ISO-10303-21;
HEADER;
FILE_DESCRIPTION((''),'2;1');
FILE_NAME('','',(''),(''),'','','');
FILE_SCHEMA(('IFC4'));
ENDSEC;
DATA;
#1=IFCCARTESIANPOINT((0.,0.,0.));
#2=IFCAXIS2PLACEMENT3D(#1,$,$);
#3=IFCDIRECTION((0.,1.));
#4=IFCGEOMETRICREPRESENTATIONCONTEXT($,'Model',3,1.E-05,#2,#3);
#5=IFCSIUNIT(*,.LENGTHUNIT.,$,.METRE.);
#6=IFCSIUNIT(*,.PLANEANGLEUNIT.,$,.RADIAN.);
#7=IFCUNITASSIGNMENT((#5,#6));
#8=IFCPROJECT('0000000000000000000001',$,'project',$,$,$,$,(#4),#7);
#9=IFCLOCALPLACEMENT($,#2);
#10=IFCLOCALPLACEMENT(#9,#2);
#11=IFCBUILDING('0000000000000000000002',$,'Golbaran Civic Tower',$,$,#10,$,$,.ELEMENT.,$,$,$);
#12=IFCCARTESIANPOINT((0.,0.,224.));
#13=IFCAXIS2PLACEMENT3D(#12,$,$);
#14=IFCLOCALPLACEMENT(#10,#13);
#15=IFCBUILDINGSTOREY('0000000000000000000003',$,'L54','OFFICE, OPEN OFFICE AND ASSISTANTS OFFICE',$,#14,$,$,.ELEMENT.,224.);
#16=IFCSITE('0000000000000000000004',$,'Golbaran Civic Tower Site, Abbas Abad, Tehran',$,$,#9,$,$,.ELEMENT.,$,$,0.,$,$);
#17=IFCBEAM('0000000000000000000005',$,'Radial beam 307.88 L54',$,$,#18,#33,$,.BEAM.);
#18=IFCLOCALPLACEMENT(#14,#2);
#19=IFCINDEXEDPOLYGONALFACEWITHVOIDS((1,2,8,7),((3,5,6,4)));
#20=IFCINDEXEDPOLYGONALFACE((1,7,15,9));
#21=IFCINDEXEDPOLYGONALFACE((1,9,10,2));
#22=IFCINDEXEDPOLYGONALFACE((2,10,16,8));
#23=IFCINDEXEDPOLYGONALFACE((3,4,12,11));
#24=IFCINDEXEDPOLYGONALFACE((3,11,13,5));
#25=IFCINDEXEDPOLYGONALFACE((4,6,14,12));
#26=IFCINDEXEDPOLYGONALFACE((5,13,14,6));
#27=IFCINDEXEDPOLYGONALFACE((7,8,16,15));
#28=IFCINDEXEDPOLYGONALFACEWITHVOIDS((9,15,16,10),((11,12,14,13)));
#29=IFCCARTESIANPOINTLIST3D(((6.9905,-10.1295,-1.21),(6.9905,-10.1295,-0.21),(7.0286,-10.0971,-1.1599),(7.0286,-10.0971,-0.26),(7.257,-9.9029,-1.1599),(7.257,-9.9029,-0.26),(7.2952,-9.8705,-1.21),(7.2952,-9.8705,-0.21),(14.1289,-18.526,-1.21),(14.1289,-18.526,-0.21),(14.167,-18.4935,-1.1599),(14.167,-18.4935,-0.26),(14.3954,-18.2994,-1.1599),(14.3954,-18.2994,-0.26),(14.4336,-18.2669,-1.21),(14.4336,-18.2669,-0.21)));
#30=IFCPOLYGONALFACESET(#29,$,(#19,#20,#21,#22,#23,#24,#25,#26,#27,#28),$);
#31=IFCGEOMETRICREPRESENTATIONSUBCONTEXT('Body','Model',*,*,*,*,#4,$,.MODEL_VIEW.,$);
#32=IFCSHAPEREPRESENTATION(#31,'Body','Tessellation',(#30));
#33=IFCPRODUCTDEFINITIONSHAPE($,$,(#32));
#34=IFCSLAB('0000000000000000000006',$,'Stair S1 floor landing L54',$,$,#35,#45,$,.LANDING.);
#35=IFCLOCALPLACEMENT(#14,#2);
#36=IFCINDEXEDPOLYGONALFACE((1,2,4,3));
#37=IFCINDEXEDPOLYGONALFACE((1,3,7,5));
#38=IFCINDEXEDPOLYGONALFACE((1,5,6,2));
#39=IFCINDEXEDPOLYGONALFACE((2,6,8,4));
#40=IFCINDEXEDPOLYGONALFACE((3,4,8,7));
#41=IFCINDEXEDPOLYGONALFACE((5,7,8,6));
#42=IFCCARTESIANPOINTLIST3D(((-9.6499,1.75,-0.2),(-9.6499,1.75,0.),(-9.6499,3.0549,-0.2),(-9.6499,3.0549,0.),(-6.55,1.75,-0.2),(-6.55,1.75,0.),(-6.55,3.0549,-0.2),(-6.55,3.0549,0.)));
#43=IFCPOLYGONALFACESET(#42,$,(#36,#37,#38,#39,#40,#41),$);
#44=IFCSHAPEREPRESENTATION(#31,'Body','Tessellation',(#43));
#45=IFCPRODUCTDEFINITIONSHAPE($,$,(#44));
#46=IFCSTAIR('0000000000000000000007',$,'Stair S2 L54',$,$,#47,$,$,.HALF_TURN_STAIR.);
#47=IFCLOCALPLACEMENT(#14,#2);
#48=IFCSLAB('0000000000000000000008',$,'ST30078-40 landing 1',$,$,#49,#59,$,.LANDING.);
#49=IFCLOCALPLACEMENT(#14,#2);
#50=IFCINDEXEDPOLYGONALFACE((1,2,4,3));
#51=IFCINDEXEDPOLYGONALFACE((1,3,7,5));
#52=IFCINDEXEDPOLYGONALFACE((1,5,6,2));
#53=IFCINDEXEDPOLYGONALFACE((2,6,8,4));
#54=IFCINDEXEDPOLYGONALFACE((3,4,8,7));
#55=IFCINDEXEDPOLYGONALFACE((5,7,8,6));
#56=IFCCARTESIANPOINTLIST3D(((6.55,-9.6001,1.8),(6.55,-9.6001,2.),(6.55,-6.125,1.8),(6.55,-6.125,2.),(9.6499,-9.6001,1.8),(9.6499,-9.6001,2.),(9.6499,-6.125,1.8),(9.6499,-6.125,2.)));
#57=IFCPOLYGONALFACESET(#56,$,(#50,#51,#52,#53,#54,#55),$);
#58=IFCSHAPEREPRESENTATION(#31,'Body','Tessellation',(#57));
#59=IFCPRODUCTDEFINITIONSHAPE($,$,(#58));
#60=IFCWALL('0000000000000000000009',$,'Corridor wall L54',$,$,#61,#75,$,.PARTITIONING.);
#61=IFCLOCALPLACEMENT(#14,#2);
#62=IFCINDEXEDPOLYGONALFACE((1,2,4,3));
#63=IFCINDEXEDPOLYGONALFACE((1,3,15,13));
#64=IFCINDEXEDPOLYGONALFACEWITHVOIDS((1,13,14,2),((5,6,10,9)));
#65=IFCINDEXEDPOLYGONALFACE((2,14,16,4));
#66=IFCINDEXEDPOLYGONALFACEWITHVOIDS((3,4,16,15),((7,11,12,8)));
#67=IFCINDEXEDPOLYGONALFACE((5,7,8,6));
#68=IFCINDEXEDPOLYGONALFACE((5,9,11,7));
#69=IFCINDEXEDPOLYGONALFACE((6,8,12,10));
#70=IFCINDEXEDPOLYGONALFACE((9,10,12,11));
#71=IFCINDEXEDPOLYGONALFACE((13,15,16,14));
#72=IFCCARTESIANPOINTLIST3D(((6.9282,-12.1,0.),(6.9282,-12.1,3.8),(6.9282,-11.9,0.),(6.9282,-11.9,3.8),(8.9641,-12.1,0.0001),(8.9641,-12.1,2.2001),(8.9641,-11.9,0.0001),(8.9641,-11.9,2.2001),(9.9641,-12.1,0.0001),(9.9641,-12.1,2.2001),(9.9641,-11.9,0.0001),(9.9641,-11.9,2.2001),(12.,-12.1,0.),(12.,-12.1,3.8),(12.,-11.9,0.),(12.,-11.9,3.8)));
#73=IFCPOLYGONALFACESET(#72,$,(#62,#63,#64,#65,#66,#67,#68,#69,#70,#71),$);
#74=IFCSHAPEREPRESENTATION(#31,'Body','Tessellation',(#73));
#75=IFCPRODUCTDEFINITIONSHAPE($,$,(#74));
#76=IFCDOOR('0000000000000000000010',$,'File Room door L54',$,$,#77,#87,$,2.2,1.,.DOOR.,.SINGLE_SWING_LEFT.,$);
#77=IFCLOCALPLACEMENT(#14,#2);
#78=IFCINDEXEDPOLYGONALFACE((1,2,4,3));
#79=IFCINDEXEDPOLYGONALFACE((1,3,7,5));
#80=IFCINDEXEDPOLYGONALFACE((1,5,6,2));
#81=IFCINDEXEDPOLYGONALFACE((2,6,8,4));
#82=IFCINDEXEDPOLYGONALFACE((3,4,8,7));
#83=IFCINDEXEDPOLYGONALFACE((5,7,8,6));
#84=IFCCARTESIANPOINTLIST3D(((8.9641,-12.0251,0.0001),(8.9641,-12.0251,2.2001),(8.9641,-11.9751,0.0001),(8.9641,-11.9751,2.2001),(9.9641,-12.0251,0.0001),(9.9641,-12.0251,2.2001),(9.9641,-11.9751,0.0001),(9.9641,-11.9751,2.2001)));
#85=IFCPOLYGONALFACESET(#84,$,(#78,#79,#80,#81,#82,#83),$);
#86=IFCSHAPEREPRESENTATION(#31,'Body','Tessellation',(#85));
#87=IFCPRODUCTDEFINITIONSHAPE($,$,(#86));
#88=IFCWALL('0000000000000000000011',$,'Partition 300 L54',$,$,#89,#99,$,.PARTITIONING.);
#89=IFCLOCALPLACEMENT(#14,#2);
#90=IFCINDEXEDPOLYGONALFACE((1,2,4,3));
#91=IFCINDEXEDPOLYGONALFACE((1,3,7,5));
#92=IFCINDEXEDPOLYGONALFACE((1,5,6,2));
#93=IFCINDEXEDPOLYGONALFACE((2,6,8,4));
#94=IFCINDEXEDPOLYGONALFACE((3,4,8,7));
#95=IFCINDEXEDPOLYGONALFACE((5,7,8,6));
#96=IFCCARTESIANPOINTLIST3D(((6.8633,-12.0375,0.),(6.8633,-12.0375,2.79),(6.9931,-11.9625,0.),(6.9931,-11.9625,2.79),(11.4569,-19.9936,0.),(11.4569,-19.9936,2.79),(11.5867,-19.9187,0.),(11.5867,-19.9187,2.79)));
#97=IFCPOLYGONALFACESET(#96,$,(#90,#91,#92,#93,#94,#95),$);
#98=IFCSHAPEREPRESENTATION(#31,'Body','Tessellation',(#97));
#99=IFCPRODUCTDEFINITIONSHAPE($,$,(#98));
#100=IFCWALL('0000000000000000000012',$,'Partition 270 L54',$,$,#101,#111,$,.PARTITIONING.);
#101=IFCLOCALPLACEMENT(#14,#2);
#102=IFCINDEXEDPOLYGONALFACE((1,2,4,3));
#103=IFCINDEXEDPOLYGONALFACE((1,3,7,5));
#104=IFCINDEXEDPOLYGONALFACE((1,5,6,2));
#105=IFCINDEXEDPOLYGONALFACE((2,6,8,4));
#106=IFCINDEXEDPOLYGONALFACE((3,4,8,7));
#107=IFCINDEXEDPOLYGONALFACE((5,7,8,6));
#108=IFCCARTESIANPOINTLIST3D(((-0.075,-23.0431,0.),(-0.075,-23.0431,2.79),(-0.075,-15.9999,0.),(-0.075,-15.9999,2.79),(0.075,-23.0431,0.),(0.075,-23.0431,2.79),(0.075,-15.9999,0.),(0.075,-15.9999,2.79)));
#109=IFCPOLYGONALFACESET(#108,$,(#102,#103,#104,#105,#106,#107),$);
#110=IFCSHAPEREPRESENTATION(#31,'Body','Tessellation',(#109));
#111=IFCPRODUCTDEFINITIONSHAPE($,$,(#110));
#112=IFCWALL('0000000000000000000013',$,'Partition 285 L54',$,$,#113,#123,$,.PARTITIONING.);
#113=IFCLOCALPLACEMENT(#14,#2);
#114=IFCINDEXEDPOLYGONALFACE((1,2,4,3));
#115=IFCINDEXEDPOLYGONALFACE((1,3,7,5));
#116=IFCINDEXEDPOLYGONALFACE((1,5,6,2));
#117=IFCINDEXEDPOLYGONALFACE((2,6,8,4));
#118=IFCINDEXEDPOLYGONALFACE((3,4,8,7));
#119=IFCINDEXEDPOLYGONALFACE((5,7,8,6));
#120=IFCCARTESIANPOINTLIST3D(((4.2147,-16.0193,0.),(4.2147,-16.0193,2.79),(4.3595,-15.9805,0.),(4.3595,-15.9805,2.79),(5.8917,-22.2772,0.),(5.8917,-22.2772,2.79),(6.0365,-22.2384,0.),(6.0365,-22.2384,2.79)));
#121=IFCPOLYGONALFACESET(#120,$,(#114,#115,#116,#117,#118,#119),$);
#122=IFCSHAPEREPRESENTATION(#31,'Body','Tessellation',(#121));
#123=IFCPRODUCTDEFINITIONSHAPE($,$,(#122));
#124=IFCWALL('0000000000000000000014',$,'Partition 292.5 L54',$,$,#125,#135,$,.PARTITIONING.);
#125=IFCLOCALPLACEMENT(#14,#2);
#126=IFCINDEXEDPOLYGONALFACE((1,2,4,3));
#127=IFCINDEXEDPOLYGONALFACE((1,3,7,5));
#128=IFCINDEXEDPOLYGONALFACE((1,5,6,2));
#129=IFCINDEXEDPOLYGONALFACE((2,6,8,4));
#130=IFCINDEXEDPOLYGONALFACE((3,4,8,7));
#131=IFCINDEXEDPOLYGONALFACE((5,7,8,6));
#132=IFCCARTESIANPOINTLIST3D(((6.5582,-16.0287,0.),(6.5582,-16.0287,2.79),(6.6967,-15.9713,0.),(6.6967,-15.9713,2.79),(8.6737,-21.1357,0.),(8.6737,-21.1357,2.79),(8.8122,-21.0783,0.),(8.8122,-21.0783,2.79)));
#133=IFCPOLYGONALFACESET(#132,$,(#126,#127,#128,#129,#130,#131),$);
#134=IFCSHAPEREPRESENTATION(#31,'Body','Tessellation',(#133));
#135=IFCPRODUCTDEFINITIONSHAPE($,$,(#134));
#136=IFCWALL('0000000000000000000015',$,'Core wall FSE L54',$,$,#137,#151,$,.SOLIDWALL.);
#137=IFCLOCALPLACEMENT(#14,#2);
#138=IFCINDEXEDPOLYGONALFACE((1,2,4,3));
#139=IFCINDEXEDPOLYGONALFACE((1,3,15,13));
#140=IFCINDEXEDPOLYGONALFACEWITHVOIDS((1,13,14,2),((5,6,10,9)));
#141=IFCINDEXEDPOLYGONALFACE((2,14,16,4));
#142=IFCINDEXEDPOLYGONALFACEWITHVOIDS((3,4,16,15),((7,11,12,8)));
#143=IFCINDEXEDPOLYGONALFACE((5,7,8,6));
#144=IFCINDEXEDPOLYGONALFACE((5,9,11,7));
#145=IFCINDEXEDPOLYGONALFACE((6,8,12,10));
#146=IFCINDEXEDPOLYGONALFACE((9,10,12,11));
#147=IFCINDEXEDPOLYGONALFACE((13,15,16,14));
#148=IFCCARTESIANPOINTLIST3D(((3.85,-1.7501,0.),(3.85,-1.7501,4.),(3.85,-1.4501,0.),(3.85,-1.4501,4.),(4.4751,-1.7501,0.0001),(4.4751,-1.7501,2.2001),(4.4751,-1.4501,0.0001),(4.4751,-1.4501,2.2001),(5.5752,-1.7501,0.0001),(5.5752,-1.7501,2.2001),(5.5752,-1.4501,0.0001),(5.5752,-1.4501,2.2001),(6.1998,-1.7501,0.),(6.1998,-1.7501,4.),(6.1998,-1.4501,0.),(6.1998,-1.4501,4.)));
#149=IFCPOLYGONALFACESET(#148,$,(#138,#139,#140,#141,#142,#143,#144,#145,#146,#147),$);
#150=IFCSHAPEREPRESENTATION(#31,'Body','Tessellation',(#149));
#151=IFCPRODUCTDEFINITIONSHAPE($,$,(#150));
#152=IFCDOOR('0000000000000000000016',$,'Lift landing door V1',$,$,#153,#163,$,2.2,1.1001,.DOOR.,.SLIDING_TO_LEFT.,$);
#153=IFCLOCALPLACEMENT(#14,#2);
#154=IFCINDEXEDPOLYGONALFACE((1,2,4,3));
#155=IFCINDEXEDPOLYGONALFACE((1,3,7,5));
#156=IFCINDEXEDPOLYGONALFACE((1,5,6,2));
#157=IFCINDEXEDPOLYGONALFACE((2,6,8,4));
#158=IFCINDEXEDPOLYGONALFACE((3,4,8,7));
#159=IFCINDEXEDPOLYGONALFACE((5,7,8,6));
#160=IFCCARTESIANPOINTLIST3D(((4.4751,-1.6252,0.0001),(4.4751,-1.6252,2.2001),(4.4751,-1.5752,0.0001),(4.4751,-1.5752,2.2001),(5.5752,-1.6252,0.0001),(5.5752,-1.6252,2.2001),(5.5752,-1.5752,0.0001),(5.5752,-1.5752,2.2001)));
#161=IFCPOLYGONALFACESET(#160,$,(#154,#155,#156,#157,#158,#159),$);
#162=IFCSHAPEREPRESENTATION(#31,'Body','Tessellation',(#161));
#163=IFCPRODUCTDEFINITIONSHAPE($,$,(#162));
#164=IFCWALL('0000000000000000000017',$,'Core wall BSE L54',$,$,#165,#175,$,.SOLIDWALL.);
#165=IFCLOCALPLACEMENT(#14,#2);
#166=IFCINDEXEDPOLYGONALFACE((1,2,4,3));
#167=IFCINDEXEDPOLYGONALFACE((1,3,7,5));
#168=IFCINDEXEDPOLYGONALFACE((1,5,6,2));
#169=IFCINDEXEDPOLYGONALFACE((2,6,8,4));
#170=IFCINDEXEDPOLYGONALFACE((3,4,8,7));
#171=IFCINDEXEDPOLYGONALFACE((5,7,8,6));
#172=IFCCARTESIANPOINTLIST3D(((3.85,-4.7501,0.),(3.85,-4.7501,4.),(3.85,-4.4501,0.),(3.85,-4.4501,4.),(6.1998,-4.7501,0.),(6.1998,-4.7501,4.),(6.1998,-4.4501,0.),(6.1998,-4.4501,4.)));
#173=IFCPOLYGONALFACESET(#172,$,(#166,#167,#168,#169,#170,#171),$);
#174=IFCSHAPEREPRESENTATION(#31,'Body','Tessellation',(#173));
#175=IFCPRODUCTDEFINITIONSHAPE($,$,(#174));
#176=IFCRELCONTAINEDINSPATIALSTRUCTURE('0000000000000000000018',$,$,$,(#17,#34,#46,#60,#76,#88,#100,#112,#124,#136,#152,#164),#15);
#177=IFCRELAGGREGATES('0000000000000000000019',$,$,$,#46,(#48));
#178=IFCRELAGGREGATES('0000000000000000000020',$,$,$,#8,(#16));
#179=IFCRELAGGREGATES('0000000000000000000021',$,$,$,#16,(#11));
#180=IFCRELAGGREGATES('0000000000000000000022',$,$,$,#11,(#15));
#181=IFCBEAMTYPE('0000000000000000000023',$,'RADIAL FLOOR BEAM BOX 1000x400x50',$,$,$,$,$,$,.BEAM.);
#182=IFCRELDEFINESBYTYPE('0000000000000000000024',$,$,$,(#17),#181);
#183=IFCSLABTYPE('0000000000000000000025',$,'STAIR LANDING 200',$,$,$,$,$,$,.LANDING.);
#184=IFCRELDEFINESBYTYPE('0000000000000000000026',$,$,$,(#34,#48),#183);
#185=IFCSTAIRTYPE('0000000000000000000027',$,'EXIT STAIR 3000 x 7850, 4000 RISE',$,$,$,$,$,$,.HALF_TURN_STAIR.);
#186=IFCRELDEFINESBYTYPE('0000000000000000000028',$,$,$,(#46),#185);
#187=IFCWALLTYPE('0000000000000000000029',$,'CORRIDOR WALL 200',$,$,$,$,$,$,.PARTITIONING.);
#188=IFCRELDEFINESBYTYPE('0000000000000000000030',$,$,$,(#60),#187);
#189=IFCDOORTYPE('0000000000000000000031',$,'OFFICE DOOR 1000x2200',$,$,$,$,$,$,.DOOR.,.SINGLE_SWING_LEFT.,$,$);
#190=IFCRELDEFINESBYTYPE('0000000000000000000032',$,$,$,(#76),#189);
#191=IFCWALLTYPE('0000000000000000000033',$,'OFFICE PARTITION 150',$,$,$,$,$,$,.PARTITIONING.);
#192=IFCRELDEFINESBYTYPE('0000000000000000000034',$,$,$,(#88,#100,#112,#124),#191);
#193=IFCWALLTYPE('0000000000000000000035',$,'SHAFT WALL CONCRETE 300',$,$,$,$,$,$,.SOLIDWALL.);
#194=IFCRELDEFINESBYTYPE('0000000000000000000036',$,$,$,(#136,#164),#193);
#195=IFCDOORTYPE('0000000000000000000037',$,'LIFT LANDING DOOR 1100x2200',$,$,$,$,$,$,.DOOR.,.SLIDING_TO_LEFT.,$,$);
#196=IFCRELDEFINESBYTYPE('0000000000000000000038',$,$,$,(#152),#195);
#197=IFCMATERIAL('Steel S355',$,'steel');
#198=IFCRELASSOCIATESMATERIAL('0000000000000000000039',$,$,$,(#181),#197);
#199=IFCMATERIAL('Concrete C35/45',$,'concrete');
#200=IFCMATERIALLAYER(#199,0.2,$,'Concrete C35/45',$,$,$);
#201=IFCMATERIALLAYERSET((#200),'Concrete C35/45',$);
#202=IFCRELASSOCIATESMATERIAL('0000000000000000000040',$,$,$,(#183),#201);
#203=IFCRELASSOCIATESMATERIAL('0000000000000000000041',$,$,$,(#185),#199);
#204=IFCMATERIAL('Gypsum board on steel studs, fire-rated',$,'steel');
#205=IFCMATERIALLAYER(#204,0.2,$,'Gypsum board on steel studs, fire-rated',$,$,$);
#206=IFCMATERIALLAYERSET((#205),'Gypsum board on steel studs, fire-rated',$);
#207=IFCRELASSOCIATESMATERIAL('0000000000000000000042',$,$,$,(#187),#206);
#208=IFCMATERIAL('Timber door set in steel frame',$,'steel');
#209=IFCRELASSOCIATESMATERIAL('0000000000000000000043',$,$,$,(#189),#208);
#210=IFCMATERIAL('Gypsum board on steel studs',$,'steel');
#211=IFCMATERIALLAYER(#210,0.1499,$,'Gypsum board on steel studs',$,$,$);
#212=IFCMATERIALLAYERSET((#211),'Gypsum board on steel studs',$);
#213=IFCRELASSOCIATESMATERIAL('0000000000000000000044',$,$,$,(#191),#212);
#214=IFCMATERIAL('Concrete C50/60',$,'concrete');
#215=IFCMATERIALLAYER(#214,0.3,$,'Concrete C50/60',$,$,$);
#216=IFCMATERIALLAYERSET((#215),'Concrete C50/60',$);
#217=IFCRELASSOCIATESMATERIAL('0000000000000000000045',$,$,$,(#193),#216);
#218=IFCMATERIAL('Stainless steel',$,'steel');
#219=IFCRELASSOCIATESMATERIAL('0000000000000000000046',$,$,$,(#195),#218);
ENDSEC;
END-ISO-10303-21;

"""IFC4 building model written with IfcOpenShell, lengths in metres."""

from ifc_helpers import new_model, si_unit, direction, frame, frame_2d, origin, origin_2d, place, context, subcontext, project, spatial, polyline, rectangle, hollow_rectangle, outline, extrude, material, layer, layer_set, material_profile, profile_set, type_object, element, fill, aggregate, save


model = new_model("IFC4")

# Units and contexts
model_context = context("Model", 3, precision=1e-05, world=origin(), true_north=direction((0.0, 1.0)))
body_context = subcontext(model_context, "Body", "Model", "MODEL_VIEW")
ifc_project = project(units=[si_unit("LENGTHUNIT", "METRE"), si_unit("PLANEANGLEUNIT", "RADIAN")], contexts=[model_context])

# Site, building, storey
site_placement = place(None, origin())
site = spatial("IfcSite", under=ifc_project, at=site_placement, Name="Golbaran Civic Tower Site, Abbas Abad, Tehran", CompositionType="ELEMENT", RefElevation=0.0)
building_placement = place(site_placement, origin())
building = spatial("IfcBuilding", under=site, at=building_placement, Name="Golbaran Civic Tower", CompositionType="ELEMENT")
storey_placement = place(building_placement, frame((0.0, 0.0, 224.0)))
storey = spatial("IfcBuildingStorey", under=building, at=storey_placement, Name="L54", Description="OFFICE, OPEN OFFICE AND ASSISTANTS OFFICE", CompositionType="ELEMENT", Elevation=224.0)

# Beam
ifc_material_1 = material(Name="Steel S355", Category="steel")
ifc_material_profile_1 = material_profile(ifc_material_1, hollow_rectangle(XDim=0.3999, YDim=1.0, WallThickness=0.05, at=origin_2d()), Name="BOX 1000x400x50")
ifc_profile_set_1 = profile_set([ifc_material_profile_1], Name="Steel S355")
beam_type_1 = type_object("IfcBeamType", Name="RADIAL FLOOR BEAM BOX 1000x400x50", PredefinedType="BEAM", material=ifc_profile_set_1)
beam_1_placement = place(storey_placement, frame((7.1428, -10.0, -0.71), z_axis=(0.647723, -0.761876, 0.0), x_axis=(0.761876, 0.647723, 0.0)))
element("IfcBeam", 1, at=beam_1_placement, inside=storey, type_object=beam_type_1, Name="Radial beam 307.88 L54", PredefinedType="BEAM", context=body_context, shape_type="SweptSolid", body=[
    extrude(hollow_rectangle(XDim=0.3999, YDim=1.0, WallThickness=0.05, at=origin_2d()), origin(), (0.0, 0.0, 1.0), 11.0208),
])

# Slab
ifc_material_2 = material(Name="Concrete C35/45", Category="concrete")
ifc_layer_1 = layer(ifc_material_2, 0.2, Name="Concrete C35/45")
ifc_layer_set_1 = layer_set([ifc_layer_1], Name="Concrete C35/45")
slab_type = type_object("IfcSlabType", Name="STAIR LANDING 200", PredefinedType="LANDING", material=ifc_layer_set_1)
slab_1_placement = place(storey_placement, frame((0.0, 0.0, -0.2)))
element("IfcSlab", 2, at=slab_1_placement, inside=storey, type_object=slab_type, Name="Stair S1 floor landing L54", PredefinedType="LANDING", context=body_context, shape_type="SweptSolid", body=[
    extrude(outline(polyline([(-9.6499, 1.75), (-9.6499, 3.0549), (-6.55, 3.0549), (-6.55, 1.75), (-9.6499, 1.75)])), origin(), (0.0, 0.0, 1.0), 0.2),
])

# Stair, slab
stair_type = type_object("IfcStairType", Name="EXIT STAIR 3000 x 7850, 4000 RISE", PredefinedType="HALF_TURN_STAIR", material=ifc_material_2)
stair_placement = place(storey_placement, origin())
stair = element("IfcStair", 3, at=stair_placement, inside=storey, type_object=stair_type, Name="Stair S2 L54", PredefinedType="HALF_TURN_STAIR")
slab_2_placement = place(storey_placement, frame((0.0, 0.0, 1.8)))
slab_2 = element("IfcSlab", 4, at=slab_2_placement, type_object=slab_type, Name="ST30078-40 landing 1", PredefinedType="LANDING", context=body_context, shape_type="SweptSolid", body=[
    extrude(outline(polyline([(9.6499, -6.125), (9.6499, -9.6001), (6.55, -9.6001), (6.55, -6.125), (9.6499, -6.125)])), origin(), (0.0, 0.0, 1.0), 0.2),
])

# Wall, opening, door
ifc_material_3 = material(Name="Gypsum board on steel studs, fire-rated", Category="steel")
ifc_layer_2 = layer(ifc_material_3, 0.2, Name="Gypsum board on steel studs, fire-rated")
ifc_layer_set_2 = layer_set([ifc_layer_2], Name="Gypsum board on steel studs, fire-rated")
wall_type_1 = type_object("IfcWallType", Name="CORRIDOR WALL 200", PredefinedType="PARTITIONING", material=ifc_layer_set_2)
wall_1_placement = place(storey_placement, frame((6.9282, -12.0, 0.0), z_axis=(0.0, 0.0, 1.0), x_axis=(1.0, 0.0, 0.0)))
wall_1 = element("IfcWall", 5, at=wall_1_placement, inside=storey, type_object=wall_type_1, Name="Corridor wall L54", PredefinedType="PARTITIONING", context=body_context, shape_type="SweptSolid", body=[
    extrude(rectangle(XDim=5.0718, YDim=0.2, at=frame_2d((2.5359, 0.0))), origin(), (0.0, 0.0, 1.0), 3.8),
])
opening_1_placement = place(wall_1_placement, frame((2.0359, 0.0, 0.0)))
opening_1 = element("IfcOpeningElement", 6, at=opening_1_placement, cuts=wall_1, PredefinedType="OPENING", context=body_context, shape_type="SweptSolid", body=[
    extrude(rectangle(XDim=1.0, YDim=2.2, at=frame_2d((0.5, 1.1001))), frame((0.0, 0.1099, 0.0), z_axis=(0.0, -1.0, 0.0), x_axis=(1.0, 0.0, 0.0)), (0.0, 0.0, 1.0), 0.22),
])
ifc_material_4 = material(Name="Timber door set in steel frame", Category="steel")
door_type_1 = type_object("IfcDoorType", Name="OFFICE DOOR 1000x2200", OperationType="SINGLE_SWING_LEFT", PredefinedType="DOOR", material=ifc_material_4)
door_1_placement = place(opening_1_placement, origin())
door_1 = element("IfcDoor", 7, at=door_1_placement, inside=storey, type_object=door_type_1, Name="File Room door L54", OperationType="SINGLE_SWING_LEFT", OverallHeight=2.2, OverallWidth=1.0, PredefinedType="DOOR", context=body_context, shape_type="SweptSolid", body=[
    extrude(rectangle(XDim=1.0, YDim=2.2, at=frame_2d((0.5, 1.1001))), frame((0.0, 0.0249, 0.0), z_axis=(0.0, -1.0, 0.0), x_axis=(1.0, 0.0, 0.0)), (0.0, 0.0, 1.0), 0.05),
])
fill(opening_1, door_1)

# Walls
ifc_material_5 = material(Name="Gypsum board on steel studs", Category="steel")
ifc_layer_3 = layer(ifc_material_5, 0.1499, Name="Gypsum board on steel studs")
ifc_layer_set_3 = layer_set([ifc_layer_3], Name="Gypsum board on steel studs")
wall_type_2 = type_object("IfcWallType", Name="OFFICE PARTITION 150", PredefinedType="PARTITIONING", material=ifc_layer_set_3)
wall_2_placement = place(storey_placement, frame((6.9282, -12.0, 0.0), z_axis=(0.0, 0.0, 1.0), x_axis=(0.500006, -0.866022, 0.0)))
element("IfcWall", 8, at=wall_2_placement, inside=storey, type_object=wall_type_2, Name="Partition 300 L54", PredefinedType="PARTITIONING", context=body_context, shape_type="SweptSolid", body=[
    extrude(rectangle(XDim=9.187, YDim=0.1499, at=frame_2d((4.5935, 0.0))), origin(), (0.0, 0.0, 1.0), 2.79),
])
wall_3_placement = place(storey_placement, frame((0.0, -16.0, 0.0), z_axis=(0.0, 0.0, 1.0), x_axis=(0.0, -1.0, 0.0)))
element("IfcWall", 9, at=wall_3_placement, inside=storey, type_object=wall_type_2, Name="Partition 270 L54", PredefinedType="PARTITIONING", context=body_context, shape_type="SweptSolid", body=[
    extrude(rectangle(XDim=7.0432, YDim=0.1499, at=frame_2d((3.5215, 0.0))), origin(), (0.0, 0.0, 1.0), 2.79),
])
wall_4_placement = place(storey_placement, frame((4.2871, -16.0, 0.0), z_axis=(0.0, 0.0, 1.0), x_axis=(0.258842, -0.96592, 0.0)))
element("IfcWall", 10, at=wall_4_placement, inside=storey, type_object=wall_type_2, Name="Partition 285 L54", PredefinedType="PARTITIONING", context=body_context, shape_type="SweptSolid", body=[
    extrude(rectangle(XDim=6.4788, YDim=0.1499, at=frame_2d((3.2393, 0.0))), origin(), (0.0, 0.0, 1.0), 2.79),
])
wall_5_placement = place(storey_placement, frame((6.6274, -16.0, 0.0), z_axis=(0.0, 0.0, 1.0), x_axis=(0.382702, -0.923872, 0.0)))
element("IfcWall", 11, at=wall_5_placement, inside=storey, type_object=wall_type_2, Name="Partition 292.5 L54", PredefinedType="PARTITIONING", context=body_context, shape_type="SweptSolid", body=[
    extrude(rectangle(XDim=5.5278, YDim=0.1499, at=frame_2d((2.7639, 0.0))), origin(), (0.0, 0.0, 1.0), 2.79),
])

# Wall, opening, door
ifc_material_6 = material(Name="Concrete C50/60", Category="concrete")
ifc_layer_4 = layer(ifc_material_6, 0.3, Name="Concrete C50/60")
ifc_layer_set_4 = layer_set([ifc_layer_4], Name="Concrete C50/60")
wall_type_3 = type_object("IfcWallType", Name="SHAFT WALL CONCRETE 300", PredefinedType="SOLIDWALL", material=ifc_layer_set_4)
wall_6_placement = place(storey_placement, frame((3.8501, -1.6001, 0.0), z_axis=(0.0, 0.0, 1.0), x_axis=(1.0, 0.0, 0.0)))
wall_6 = element("IfcWall", 12, at=wall_6_placement, inside=storey, type_object=wall_type_3, Name="Core wall FSE L54", PredefinedType="SOLIDWALL", context=body_context, shape_type="SweptSolid", body=[
    extrude(rectangle(XDim=2.3499, YDim=0.3, at=frame_2d((1.1748, 0.0))), origin(), (0.0, 0.0, 1.0), 4.0),
])
opening_2_placement = place(wall_6_placement, frame((0.625, 0.0, 0.0)))
opening_2 = element("IfcOpeningElement", 13, at=opening_2_placement, cuts=wall_6, PredefinedType="OPENING", context=body_context, shape_type="SweptSolid", body=[
    extrude(rectangle(XDim=1.1001, YDim=2.2, at=frame_2d((0.55, 1.1001))), frame((0.0, 0.1599, 0.0), z_axis=(0.0, -1.0, 0.0), x_axis=(1.0, 0.0, 0.0)), (0.0, 0.0, 1.0), 0.3201),
])
ifc_material_7 = material(Name="Stainless steel", Category="steel")
door_type_2 = type_object("IfcDoorType", Name="LIFT LANDING DOOR 1100x2200", OperationType="SLIDING_TO_LEFT", PredefinedType="DOOR", material=ifc_material_7)
door_2_placement = place(opening_2_placement, origin())
door_2 = element("IfcDoor", 14, at=door_2_placement, inside=storey, type_object=door_type_2, Name="Lift landing door V1", OperationType="SLIDING_TO_LEFT", OverallHeight=2.2, OverallWidth=1.1001, PredefinedType="DOOR", context=body_context, shape_type="SweptSolid", body=[
    extrude(rectangle(XDim=1.1001, YDim=2.2, at=frame_2d((0.55, 1.1001))), frame((0.0, 0.0249, 0.0), z_axis=(0.0, -1.0, 0.0), x_axis=(1.0, 0.0, 0.0)), (0.0, 0.0, 1.0), 0.05),
])
fill(opening_2, door_2)

# Wall
wall_7_placement = place(storey_placement, frame((3.8501, -4.6001, 0.0), z_axis=(0.0, 0.0, 1.0), x_axis=(1.0, 0.0, 0.0)))
element("IfcWall", 15, at=wall_7_placement, inside=storey, type_object=wall_type_3, Name="Core wall BSE L54", PredefinedType="SOLIDWALL", context=body_context, shape_type="SweptSolid", body=[
    extrude(rectangle(XDim=2.3499, YDim=0.3, at=frame_2d((1.1748, 0.0))), origin(), (0.0, 0.0, 1.0), 4.0),
])

aggregate(stair, [slab_2])

save(model, "model.ifc")
